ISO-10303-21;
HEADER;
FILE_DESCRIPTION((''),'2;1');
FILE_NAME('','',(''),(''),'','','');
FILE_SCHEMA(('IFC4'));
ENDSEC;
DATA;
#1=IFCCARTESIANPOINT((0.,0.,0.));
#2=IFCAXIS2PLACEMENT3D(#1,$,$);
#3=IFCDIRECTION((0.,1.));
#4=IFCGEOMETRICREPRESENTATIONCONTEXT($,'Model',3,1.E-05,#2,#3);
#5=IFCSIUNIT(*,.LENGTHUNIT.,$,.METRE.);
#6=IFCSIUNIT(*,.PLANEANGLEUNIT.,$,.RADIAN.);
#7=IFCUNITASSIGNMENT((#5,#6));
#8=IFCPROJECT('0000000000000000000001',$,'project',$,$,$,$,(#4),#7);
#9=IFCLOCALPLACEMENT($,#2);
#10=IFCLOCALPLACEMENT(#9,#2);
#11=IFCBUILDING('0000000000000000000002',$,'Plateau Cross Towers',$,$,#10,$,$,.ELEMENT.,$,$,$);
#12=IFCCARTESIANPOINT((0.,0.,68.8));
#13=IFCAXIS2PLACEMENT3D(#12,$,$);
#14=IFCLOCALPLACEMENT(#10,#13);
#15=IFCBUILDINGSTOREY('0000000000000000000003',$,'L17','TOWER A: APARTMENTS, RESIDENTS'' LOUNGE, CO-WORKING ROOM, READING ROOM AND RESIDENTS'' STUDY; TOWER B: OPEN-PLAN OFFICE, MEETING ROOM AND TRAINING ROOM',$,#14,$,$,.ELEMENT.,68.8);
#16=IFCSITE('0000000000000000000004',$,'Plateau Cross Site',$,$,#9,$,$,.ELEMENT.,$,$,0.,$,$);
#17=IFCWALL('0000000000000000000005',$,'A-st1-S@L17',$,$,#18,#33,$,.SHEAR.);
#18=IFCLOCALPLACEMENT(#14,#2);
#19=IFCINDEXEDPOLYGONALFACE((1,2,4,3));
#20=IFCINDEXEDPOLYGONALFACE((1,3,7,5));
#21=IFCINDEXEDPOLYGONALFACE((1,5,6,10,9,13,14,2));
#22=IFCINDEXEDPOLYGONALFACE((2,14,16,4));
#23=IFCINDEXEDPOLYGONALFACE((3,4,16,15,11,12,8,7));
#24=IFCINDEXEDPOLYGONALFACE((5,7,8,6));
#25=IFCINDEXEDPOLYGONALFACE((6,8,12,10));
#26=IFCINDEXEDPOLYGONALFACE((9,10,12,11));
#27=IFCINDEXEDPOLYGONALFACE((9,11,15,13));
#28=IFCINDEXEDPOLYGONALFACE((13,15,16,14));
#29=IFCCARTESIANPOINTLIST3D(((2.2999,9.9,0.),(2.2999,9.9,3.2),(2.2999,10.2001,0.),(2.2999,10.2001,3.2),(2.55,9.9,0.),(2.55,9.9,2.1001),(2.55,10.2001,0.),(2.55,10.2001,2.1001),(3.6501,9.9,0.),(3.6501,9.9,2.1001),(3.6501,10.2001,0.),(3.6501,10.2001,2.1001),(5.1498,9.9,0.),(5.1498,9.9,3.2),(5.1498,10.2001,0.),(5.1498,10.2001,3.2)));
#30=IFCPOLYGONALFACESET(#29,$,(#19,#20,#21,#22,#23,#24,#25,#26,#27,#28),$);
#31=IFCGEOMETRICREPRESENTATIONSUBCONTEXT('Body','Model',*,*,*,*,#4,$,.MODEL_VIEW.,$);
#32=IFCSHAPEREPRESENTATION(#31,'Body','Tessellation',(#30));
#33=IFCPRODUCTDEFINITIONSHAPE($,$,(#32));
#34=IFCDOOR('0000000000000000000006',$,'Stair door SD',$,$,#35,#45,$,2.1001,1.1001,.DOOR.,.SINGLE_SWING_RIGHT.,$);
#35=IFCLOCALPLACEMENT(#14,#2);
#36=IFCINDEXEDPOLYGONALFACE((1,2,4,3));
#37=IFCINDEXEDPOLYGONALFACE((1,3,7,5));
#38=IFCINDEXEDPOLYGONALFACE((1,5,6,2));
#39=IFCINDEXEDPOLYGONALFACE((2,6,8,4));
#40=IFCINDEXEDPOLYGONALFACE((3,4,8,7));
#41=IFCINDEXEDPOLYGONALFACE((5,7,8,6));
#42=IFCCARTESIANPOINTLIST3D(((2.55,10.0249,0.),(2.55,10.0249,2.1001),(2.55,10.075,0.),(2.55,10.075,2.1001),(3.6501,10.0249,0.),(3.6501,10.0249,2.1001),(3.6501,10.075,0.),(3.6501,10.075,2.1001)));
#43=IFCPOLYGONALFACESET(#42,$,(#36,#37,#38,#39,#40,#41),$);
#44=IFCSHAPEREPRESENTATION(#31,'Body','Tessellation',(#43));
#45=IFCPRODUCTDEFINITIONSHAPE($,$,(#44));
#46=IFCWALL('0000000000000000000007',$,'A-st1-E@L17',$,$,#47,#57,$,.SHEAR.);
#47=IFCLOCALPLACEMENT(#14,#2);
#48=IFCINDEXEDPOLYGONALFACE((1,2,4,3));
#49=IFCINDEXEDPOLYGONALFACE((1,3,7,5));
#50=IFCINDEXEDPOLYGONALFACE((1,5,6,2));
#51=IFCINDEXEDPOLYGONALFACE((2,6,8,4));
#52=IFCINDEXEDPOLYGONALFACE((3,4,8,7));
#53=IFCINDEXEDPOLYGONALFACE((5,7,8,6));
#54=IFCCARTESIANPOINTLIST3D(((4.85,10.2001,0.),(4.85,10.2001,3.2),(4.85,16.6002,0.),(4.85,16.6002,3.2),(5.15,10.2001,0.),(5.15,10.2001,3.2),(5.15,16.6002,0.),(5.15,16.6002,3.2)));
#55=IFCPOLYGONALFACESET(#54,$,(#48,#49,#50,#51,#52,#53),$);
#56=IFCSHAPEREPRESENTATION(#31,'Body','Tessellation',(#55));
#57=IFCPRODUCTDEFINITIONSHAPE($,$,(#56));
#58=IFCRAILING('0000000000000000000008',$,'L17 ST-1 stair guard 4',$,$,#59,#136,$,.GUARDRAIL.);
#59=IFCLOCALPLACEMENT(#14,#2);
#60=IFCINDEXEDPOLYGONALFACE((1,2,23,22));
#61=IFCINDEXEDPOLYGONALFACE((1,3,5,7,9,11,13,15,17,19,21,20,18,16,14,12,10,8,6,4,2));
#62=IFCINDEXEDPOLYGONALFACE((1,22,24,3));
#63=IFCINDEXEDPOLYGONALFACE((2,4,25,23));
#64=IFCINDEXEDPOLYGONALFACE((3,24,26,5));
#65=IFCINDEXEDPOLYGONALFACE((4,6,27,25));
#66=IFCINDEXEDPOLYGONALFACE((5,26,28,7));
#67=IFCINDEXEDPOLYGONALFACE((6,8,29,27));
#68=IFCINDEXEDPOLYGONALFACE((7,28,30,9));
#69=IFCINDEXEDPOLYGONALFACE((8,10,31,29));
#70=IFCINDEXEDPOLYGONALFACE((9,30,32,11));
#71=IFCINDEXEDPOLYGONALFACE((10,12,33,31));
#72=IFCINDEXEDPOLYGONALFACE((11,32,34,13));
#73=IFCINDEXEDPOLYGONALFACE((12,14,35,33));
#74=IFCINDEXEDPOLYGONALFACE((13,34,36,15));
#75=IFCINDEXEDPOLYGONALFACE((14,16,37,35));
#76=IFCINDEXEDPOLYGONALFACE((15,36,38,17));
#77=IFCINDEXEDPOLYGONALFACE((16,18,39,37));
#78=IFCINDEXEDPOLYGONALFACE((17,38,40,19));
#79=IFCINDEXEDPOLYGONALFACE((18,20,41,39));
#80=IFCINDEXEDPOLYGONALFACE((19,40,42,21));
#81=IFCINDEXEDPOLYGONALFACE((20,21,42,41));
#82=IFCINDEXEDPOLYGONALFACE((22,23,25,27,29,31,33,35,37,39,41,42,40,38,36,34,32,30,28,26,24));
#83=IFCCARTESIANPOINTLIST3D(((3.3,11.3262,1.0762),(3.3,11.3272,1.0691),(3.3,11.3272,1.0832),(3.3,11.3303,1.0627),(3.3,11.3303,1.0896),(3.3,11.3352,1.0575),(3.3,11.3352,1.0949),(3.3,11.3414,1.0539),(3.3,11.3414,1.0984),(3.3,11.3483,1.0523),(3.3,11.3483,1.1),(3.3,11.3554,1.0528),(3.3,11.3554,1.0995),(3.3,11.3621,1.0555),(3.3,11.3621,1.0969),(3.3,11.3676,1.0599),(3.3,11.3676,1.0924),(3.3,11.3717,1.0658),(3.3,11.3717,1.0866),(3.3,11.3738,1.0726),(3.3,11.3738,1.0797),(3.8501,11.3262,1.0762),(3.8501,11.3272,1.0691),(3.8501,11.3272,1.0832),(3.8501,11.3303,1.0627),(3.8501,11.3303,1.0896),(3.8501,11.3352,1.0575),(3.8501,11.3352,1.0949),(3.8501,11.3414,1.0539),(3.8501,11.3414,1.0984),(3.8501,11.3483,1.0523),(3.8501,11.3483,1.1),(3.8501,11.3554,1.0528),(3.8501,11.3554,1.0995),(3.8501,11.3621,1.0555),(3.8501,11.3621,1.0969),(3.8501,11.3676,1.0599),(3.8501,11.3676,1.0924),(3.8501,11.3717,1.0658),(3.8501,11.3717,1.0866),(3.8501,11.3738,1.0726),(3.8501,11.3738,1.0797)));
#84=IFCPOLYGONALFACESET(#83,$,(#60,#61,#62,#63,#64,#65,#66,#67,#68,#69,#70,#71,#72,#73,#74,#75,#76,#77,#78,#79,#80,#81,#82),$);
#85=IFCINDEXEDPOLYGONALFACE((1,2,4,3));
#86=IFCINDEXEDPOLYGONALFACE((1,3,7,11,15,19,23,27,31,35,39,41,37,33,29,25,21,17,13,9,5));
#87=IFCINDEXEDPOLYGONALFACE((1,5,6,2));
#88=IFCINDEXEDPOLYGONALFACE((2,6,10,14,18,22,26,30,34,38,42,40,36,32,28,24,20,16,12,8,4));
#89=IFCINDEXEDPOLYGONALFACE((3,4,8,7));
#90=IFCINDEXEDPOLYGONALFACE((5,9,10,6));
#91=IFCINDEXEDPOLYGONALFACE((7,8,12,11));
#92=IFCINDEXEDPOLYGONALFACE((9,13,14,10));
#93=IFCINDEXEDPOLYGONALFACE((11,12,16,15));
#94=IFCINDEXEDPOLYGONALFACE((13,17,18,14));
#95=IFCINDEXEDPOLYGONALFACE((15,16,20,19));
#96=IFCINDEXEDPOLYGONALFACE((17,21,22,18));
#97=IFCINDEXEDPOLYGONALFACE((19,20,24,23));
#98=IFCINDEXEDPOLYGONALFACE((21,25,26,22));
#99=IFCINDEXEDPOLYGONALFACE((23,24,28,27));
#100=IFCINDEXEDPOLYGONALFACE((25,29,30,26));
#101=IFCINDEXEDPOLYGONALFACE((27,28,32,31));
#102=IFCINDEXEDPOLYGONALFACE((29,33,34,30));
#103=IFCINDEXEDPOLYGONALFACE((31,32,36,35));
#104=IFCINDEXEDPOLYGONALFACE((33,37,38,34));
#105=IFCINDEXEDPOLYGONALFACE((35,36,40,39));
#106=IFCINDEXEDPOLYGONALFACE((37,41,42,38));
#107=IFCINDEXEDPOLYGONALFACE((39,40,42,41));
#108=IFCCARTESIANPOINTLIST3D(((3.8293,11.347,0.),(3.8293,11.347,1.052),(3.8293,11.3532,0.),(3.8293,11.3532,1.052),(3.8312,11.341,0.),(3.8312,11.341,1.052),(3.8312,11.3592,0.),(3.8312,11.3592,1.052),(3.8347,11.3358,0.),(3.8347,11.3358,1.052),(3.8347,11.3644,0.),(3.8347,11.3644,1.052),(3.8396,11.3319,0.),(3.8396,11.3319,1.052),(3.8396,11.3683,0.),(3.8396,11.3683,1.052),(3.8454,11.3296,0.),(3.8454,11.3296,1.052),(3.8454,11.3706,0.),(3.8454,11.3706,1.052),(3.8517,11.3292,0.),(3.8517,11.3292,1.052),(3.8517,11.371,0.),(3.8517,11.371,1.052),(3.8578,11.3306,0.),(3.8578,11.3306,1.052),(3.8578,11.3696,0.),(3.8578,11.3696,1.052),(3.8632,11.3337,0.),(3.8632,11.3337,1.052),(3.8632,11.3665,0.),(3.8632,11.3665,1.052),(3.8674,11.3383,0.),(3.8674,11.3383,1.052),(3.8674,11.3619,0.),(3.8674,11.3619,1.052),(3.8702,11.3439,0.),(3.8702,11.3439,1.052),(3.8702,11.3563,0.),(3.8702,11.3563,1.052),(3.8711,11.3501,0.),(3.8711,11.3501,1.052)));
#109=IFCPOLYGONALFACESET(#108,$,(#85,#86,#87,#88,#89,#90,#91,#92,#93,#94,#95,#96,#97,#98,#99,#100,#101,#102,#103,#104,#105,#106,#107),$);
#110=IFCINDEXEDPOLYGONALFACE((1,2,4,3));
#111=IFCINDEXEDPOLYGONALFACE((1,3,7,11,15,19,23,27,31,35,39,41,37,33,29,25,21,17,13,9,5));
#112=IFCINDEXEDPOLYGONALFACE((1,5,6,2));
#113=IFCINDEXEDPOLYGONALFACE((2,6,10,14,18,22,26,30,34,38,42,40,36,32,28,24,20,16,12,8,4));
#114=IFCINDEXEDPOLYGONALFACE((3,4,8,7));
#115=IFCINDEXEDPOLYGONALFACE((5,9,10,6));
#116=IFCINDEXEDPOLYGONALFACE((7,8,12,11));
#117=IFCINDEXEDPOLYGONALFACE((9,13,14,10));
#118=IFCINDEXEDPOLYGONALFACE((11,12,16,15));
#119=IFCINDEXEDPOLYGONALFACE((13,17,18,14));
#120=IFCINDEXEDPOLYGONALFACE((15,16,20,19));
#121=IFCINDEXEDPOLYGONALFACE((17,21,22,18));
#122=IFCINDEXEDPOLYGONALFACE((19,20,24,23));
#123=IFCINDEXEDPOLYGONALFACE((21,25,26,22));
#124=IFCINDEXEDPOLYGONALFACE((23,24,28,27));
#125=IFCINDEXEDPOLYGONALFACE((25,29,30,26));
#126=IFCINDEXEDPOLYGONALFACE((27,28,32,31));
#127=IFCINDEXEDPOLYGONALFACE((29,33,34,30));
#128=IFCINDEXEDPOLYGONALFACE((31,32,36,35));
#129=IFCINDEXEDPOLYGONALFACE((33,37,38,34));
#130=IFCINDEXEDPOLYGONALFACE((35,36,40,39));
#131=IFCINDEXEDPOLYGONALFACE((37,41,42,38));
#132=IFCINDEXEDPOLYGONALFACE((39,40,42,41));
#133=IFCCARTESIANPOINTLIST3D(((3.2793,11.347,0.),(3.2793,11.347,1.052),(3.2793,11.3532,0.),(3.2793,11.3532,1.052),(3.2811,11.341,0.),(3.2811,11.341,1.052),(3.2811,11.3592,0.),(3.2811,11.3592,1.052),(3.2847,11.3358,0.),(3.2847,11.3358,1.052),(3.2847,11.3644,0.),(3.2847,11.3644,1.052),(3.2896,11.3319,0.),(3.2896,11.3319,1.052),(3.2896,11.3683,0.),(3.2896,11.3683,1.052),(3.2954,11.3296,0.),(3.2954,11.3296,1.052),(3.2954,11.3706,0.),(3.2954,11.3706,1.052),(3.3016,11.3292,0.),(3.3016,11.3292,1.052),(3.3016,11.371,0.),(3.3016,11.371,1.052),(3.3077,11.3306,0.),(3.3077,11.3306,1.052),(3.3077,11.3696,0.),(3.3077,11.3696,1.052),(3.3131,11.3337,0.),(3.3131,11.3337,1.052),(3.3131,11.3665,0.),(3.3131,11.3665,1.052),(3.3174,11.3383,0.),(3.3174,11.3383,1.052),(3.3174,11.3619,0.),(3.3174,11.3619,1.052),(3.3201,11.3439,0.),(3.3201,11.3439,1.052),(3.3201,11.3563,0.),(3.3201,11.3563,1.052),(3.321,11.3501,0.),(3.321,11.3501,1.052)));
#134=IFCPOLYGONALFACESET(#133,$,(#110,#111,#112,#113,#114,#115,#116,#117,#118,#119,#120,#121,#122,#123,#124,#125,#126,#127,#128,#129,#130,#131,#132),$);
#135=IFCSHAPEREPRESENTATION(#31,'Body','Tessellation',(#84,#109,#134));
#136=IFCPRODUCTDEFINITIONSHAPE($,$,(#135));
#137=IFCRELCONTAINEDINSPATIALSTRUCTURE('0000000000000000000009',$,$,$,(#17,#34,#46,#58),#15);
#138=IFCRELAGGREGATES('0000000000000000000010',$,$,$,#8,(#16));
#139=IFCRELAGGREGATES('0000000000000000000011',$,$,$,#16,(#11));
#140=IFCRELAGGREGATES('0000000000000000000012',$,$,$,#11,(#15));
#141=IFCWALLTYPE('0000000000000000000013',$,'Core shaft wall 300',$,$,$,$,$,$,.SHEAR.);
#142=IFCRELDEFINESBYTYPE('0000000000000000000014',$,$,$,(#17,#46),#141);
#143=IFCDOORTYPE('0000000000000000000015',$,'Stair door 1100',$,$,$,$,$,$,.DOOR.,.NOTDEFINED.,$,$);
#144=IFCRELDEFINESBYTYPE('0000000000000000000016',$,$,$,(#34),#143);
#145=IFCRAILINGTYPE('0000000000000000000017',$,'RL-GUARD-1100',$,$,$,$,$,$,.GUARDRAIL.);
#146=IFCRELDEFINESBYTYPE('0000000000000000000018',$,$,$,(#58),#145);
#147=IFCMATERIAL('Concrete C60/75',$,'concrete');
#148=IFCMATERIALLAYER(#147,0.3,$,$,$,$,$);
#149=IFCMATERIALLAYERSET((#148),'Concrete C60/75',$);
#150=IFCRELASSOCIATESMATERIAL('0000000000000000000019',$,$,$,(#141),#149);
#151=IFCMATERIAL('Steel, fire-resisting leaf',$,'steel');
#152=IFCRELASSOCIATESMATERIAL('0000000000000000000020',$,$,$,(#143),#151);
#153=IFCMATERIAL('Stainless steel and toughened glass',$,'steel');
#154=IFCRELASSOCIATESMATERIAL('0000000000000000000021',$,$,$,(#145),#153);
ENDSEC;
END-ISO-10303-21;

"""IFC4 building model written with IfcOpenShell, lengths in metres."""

from ifc_helpers import new_model, si_unit, direction, frame, frame_2d, origin, origin_2d, place, context, subcontext, project, spatial, rectangle, circle, extrude, material, layer, layer_set, type_object, element, fill, save


model = new_model("IFC4")

# Units and contexts
model_context = context("Model", 3, precision=1e-05, world=origin(), true_north=direction((0.0, 1.0)))
body_context = subcontext(model_context, "Body", "Model", "MODEL_VIEW")
ifc_project = project(units=[si_unit("LENGTHUNIT", "METRE"), si_unit("PLANEANGLEUNIT", "RADIAN")], contexts=[model_context])

# Site, building, storey
site_placement = place(None, origin())
site = spatial("IfcSite", under=ifc_project, at=site_placement, Name="Plateau Cross Site", CompositionType="ELEMENT", RefElevation=0.0)
building_placement = place(site_placement, origin())
building = spatial("IfcBuilding", under=site, at=building_placement, Name="Plateau Cross Towers", CompositionType="ELEMENT")
storey_placement = place(building_placement, frame((0.0, 0.0, 68.8)))
storey = spatial("IfcBuildingStorey", under=building, at=storey_placement, Name="L17", Description="TOWER A: APARTMENTS, RESIDENTS' LOUNGE, CO-WORKING ROOM, READING ROOM AND RESIDENTS' STUDY; TOWER B: OPEN-PLAN OFFICE, MEETING ROOM AND TRAINING ROOM", CompositionType="ELEMENT", Elevation=68.8)

# Shared definitions
ifc_material_1 = material(Name="Steel, fire-resisting leaf", Category="steel")

# Shared definitions
ifc_material_2 = material(Name="Concrete C60/75", Category="concrete")
ifc_layer_1 = layer(ifc_material_2, 0.3)
ifc_layer_set_1 = layer_set([ifc_layer_1], Name="Concrete C60/75")
wall_type_1 = type_object("IfcWallType", Name="Core shaft wall 300", PredefinedType="SHEAR", material=ifc_layer_set_1)

# Shared definitions
door_type_1 = type_object("IfcDoorType", Name="Stair door 1100", OperationType="NOTDEFINED", PredefinedType="DOOR", material=ifc_material_1)

# Wall, opening, door
wall_1_placement = place(storey_placement, frame((2.3, 10.05, 0.0), z_axis=(0.0, 0.0, 1.0), x_axis=(1.0, 0.0, 0.0)))
wall_1 = element("IfcWall", 1, at=wall_1_placement, inside=storey, type_object=wall_type_1, Name="A-st1-S@L17", PredefinedType="SHEAR", context=body_context, shape_type="SweptSolid", body=[
    extrude(rectangle(XDim=2.8499, YDim=0.3, at=frame_2d((1.4248, 0.0))), origin(), (0.0, 0.0, 1.0), 3.2),
])
opening_1_placement = place(wall_1_placement, frame((0.25, 0.0, 0.0)))
opening_1 = element("IfcOpeningElement", 2, at=opening_1_placement, cuts=wall_1, PredefinedType="OPENING", context=body_context, shape_type="SweptSolid", body=[
    extrude(rectangle(XDim=1.1001, YDim=2.1001, at=frame_2d((0.55, 1.05))), frame((0.0, 0.1599, 0.0), z_axis=(0.0, -1.0, 0.0), x_axis=(1.0, 0.0, 0.0)), (0.0, 0.0, 1.0), 0.3201),
])
door_1_placement = place(opening_1_placement, origin())
door_1 = element("IfcDoor", 3, at=door_1_placement, inside=storey, type_object=door_type_1, Name="Stair door SD", OperationType="SINGLE_SWING_RIGHT", OverallHeight=2.1001, OverallWidth=1.1001, PredefinedType="DOOR", context=body_context, shape_type="SweptSolid", body=[
    extrude(rectangle(XDim=1.1001, YDim=2.1001, at=frame_2d((0.55, 1.05))), frame((0.0, 0.0249, 0.0), z_axis=(0.0, -1.0, 0.0), x_axis=(1.0, 0.0, 0.0)), (0.0, 0.0, 1.0), 0.05),
])
fill(opening_1, door_1)

# Wall
wall_2_placement = place(storey_placement, frame((5.0, 10.2, 0.0), z_axis=(0.0, 0.0, 1.0), x_axis=(0.0, 1.0, 0.0)))
element("IfcWall", 4, at=wall_2_placement, inside=storey, type_object=wall_type_1, Name="A-st1-E@L17", PredefinedType="SHEAR", context=body_context, shape_type="SweptSolid", body=[
    extrude(rectangle(XDim=6.4001, YDim=0.3, at=frame_2d((3.2002, 0.0))), origin(), (0.0, 0.0, 1.0), 3.2),
])

# Railing
ifc_material_3 = material(Name="Stainless steel and toughened glass", Category="steel")
railing_type = type_object("IfcRailingType", Name="RL-GUARD-1100", PredefinedType="GUARDRAIL", material=ifc_material_3)
railing_placement = place(storey_placement, frame((3.8501, 11.3501, 0.0)))
element("IfcRailing", 5, at=railing_placement, inside=storey, type_object=railing_type, Name="L17 ST-1 stair guard 4", PredefinedType="GUARDRAIL", context=body_context, shape_type="SweptSolid", body=[
    extrude(circle(Radius=0.0239, at=origin_2d()), frame((0.0, 0.0, 1.0762), z_axis=(-1.0, 0.0, 0.0), x_axis=(0.0, -1.0, 0.0)), (0.0, 0.0, 1.0), 0.55),
    extrude(circle(Radius=0.021, at=origin_2d()), origin(), (0.0, 0.0, 1.0), 1.052),
    extrude(circle(Radius=0.021, at=origin_2d()), frame((-0.55, 0.0, 0.0)), (0.0, 0.0, 1.0), 1.052),
])

save(model, "model.ifc")
